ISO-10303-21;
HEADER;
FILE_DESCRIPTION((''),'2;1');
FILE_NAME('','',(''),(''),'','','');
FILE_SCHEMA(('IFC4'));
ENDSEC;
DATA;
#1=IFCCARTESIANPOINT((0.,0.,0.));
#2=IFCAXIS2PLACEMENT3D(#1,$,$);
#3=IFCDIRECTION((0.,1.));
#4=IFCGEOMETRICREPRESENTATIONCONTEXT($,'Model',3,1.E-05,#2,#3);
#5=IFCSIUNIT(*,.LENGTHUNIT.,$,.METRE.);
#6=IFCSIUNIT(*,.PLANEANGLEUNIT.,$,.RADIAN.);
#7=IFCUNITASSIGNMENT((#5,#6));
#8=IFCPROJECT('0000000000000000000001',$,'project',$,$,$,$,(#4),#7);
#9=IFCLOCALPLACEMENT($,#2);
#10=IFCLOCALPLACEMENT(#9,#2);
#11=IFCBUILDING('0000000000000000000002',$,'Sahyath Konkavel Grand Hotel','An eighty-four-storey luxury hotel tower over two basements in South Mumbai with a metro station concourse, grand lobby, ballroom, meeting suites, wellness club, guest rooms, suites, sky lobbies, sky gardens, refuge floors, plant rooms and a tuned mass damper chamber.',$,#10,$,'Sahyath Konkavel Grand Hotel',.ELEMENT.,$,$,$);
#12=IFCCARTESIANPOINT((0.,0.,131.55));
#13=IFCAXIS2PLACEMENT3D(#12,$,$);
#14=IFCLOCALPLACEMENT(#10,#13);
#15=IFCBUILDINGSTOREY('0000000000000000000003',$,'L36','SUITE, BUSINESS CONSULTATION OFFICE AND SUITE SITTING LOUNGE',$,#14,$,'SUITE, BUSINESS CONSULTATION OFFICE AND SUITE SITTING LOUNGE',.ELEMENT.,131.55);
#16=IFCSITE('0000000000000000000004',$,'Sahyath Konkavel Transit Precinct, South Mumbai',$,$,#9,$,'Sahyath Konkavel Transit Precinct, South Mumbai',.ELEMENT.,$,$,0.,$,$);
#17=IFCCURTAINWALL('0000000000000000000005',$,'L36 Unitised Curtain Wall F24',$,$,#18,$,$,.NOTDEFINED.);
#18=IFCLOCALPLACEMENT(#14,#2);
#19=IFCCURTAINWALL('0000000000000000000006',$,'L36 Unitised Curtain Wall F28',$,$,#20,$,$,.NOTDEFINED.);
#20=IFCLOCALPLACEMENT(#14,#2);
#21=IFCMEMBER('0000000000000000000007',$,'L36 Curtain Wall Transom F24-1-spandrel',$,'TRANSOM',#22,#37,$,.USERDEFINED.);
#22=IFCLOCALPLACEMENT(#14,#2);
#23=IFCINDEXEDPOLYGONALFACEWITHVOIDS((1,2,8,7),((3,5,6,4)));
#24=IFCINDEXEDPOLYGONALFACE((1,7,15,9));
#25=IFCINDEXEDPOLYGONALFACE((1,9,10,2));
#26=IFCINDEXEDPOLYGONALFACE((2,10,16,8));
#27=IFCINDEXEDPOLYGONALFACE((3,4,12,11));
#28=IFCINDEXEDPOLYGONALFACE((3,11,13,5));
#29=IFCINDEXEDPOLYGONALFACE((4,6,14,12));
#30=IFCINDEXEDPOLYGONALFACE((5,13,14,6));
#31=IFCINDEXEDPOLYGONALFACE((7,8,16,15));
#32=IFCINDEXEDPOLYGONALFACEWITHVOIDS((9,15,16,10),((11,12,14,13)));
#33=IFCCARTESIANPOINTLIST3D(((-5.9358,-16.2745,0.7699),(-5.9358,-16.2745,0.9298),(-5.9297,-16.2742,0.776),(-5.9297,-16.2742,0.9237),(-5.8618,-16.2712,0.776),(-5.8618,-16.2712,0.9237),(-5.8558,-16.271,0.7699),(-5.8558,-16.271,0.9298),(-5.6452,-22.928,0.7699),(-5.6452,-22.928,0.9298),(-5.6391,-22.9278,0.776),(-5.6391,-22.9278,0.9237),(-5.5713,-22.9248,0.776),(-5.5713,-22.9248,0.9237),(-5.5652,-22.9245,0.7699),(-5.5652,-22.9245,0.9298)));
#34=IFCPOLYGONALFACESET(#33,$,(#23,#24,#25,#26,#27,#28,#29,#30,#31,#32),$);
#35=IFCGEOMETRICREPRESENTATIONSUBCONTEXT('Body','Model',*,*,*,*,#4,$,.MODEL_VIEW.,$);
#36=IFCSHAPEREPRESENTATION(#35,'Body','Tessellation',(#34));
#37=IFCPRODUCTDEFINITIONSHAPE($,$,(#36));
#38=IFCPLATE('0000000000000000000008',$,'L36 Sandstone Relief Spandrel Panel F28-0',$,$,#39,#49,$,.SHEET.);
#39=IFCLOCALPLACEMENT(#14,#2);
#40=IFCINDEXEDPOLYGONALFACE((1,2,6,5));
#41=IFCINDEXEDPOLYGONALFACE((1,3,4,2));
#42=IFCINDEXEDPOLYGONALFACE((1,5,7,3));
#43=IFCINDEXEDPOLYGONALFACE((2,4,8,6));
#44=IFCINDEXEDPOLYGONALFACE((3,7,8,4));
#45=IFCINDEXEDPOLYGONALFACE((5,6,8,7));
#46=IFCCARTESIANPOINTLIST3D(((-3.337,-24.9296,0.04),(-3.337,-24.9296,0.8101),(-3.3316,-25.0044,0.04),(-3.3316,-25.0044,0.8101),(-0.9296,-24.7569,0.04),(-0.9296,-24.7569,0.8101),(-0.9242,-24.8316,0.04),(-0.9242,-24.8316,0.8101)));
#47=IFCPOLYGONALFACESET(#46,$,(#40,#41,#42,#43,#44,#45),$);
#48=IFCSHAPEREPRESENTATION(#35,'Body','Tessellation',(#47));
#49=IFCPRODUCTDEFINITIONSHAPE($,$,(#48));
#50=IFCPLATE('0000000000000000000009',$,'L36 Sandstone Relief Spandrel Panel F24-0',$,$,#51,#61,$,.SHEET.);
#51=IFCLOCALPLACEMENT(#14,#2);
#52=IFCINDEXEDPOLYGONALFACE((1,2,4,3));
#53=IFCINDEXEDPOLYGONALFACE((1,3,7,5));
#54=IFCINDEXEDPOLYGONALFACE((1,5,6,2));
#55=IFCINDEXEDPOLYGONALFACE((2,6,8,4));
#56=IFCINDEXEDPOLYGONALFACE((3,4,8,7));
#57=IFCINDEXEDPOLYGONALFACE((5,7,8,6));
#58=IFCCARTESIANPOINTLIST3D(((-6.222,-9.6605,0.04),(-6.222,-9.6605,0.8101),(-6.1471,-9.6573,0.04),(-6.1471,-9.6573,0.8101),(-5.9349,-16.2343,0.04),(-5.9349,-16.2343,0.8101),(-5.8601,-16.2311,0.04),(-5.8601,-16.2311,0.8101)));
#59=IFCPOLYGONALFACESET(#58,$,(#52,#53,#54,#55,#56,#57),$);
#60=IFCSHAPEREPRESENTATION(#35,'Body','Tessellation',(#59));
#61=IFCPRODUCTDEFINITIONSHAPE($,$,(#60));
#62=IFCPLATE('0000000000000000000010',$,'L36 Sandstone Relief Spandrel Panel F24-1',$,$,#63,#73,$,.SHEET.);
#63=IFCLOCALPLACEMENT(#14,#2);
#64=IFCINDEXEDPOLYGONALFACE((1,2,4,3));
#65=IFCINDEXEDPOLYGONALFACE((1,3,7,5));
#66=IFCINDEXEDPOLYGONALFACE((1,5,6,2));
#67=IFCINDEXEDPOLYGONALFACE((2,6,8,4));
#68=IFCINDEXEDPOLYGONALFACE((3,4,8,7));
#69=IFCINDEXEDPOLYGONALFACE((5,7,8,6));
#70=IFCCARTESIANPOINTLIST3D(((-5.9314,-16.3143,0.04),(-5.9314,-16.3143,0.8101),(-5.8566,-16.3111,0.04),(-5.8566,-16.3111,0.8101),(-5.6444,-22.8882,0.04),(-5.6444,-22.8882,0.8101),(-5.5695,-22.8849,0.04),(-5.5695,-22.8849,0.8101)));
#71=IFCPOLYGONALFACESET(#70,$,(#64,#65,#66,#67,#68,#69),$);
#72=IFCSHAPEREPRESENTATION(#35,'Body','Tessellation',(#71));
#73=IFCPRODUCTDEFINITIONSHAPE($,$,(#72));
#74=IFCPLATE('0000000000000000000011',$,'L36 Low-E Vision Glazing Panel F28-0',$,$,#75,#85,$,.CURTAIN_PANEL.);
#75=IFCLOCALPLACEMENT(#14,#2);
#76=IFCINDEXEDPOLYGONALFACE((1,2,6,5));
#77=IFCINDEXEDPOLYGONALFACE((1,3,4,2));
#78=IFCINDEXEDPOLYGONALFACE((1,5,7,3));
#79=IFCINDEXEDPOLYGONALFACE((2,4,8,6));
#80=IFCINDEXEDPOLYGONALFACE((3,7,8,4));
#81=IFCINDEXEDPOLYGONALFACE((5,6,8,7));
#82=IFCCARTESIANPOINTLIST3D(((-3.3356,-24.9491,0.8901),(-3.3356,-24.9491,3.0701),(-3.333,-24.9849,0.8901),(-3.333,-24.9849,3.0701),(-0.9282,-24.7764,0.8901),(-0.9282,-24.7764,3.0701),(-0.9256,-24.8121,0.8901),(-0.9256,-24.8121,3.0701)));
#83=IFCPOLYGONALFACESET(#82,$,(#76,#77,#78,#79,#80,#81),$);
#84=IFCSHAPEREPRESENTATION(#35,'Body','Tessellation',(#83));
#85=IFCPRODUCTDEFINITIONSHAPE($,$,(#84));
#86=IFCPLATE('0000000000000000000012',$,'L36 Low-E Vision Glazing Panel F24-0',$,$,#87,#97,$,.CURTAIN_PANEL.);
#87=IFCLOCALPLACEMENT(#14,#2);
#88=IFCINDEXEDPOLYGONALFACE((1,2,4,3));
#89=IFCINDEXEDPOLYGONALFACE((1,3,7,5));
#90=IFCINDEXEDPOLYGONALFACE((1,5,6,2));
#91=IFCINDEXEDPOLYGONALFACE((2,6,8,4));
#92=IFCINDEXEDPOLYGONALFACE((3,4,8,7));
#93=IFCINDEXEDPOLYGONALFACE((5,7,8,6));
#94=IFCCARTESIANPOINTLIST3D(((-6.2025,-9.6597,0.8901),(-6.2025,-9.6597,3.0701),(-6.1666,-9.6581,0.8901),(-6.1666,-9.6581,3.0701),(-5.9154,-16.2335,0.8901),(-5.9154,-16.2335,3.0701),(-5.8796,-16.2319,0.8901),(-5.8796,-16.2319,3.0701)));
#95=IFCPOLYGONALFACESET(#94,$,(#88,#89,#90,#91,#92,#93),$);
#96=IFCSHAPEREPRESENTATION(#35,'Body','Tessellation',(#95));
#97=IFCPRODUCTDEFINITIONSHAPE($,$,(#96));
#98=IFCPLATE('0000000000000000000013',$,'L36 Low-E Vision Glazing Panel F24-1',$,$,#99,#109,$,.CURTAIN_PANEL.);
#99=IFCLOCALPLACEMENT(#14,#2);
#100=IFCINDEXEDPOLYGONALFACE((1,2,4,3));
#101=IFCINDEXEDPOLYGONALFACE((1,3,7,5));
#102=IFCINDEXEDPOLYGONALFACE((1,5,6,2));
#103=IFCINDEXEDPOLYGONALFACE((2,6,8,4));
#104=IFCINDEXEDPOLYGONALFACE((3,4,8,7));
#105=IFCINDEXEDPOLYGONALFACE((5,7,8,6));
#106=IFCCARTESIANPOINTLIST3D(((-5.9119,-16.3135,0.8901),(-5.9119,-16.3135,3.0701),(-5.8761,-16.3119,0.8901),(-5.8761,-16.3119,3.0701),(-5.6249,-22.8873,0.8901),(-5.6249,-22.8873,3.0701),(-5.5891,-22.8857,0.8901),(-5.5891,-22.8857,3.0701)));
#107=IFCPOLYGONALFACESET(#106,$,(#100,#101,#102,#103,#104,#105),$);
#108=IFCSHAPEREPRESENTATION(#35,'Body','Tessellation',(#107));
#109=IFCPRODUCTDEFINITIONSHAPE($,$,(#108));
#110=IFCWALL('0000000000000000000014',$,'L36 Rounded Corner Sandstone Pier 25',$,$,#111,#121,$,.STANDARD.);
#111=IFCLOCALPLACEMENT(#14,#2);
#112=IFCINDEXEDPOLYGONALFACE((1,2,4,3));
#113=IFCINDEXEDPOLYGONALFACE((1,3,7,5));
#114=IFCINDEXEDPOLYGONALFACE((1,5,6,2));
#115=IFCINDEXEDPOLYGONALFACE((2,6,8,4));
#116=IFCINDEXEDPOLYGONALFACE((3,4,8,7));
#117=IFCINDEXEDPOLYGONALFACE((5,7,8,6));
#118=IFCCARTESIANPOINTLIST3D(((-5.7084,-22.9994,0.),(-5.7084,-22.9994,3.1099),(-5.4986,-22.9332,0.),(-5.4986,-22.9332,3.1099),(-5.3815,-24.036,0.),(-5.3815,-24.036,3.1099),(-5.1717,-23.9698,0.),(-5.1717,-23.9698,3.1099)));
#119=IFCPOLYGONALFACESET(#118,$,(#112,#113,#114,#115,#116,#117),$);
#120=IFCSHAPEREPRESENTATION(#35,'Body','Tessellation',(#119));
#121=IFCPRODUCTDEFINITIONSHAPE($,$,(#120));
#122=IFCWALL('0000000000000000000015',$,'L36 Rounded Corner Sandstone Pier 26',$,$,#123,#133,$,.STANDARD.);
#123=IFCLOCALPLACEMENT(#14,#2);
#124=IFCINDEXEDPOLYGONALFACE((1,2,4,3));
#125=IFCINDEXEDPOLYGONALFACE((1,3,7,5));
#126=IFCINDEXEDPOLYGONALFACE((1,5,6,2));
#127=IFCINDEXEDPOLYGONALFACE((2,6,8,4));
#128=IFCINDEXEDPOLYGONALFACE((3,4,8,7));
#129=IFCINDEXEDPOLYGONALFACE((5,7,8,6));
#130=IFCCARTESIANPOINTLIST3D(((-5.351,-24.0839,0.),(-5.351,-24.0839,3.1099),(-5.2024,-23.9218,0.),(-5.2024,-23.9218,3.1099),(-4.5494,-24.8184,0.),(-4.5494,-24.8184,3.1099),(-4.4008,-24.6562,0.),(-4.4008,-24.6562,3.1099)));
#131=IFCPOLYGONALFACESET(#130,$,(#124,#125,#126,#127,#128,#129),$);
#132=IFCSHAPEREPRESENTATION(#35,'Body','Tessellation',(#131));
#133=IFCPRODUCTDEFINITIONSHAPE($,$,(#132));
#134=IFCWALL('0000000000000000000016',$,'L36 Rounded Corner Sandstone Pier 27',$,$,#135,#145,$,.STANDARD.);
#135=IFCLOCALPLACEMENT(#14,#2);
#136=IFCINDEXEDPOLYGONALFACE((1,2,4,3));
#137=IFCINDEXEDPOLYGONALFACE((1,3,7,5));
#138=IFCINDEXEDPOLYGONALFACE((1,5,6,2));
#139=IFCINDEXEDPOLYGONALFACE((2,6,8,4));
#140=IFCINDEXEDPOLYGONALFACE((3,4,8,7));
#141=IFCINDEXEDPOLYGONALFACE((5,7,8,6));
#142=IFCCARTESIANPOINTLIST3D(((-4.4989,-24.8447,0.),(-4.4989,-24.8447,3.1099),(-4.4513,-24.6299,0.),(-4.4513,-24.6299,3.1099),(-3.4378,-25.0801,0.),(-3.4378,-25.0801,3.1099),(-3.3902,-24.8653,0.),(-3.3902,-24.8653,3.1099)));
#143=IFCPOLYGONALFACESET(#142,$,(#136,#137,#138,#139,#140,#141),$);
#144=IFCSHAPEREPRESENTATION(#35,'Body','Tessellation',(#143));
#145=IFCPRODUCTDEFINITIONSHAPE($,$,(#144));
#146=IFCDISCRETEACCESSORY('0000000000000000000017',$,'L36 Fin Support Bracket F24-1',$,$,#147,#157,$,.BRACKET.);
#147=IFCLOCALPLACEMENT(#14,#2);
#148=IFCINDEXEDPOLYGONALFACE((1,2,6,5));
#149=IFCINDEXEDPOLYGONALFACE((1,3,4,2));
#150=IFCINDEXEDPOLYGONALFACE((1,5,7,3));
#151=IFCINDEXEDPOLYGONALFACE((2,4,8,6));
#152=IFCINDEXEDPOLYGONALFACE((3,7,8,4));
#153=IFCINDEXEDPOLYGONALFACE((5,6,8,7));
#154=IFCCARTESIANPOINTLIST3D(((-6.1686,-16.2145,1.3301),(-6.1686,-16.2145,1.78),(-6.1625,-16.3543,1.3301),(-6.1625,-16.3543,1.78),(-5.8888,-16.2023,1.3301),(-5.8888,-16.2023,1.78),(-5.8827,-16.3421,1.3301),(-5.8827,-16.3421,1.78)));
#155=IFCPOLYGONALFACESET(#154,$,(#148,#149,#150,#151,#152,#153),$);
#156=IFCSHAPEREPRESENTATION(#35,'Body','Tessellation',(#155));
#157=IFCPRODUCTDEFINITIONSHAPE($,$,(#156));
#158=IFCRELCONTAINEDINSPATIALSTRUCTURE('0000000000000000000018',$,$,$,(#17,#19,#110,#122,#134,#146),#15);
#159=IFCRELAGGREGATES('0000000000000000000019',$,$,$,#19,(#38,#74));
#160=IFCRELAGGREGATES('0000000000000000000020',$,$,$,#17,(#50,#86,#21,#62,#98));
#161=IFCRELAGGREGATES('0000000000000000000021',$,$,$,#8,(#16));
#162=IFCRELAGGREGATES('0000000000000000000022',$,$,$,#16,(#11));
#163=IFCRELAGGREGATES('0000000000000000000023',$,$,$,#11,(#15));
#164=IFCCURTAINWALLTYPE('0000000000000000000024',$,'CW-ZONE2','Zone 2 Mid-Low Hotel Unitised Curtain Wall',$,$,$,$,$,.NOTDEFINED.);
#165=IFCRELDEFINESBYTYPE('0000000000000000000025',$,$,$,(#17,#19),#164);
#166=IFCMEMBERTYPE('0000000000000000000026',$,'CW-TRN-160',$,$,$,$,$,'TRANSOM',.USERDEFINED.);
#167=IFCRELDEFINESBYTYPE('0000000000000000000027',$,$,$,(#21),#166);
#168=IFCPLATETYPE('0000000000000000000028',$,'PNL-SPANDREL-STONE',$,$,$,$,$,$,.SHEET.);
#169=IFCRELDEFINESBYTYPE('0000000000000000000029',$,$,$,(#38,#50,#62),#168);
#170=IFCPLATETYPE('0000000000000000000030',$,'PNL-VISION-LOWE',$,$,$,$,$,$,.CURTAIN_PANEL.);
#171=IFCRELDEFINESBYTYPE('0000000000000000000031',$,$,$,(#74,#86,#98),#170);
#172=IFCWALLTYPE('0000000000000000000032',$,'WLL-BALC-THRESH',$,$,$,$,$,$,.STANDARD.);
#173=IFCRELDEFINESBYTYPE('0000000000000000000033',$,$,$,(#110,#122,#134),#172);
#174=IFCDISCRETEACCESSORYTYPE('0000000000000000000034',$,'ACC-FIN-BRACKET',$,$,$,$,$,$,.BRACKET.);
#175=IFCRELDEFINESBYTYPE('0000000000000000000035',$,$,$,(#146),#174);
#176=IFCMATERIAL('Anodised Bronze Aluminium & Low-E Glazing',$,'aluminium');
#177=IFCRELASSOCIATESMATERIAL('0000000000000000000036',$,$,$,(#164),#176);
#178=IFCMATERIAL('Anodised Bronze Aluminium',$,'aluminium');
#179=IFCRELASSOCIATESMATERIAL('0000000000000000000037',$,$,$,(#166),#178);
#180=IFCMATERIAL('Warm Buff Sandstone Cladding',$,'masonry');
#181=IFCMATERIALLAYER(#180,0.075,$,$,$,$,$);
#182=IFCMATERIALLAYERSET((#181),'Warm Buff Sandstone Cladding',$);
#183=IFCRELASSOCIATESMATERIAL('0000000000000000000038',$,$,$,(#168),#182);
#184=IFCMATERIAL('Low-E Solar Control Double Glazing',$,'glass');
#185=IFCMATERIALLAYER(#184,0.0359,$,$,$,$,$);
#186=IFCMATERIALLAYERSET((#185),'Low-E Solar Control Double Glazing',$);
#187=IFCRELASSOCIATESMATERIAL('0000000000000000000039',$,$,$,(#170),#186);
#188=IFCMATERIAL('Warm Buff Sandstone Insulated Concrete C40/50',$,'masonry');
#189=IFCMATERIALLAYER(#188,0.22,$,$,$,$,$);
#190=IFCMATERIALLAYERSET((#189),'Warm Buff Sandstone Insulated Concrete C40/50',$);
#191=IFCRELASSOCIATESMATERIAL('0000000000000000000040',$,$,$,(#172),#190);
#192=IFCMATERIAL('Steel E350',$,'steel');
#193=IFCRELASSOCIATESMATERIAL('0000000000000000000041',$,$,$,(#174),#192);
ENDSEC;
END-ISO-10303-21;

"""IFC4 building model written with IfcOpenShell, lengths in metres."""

from ifc_helpers import new_model, si_unit, direction, frame, frame_2d, origin, origin_2d, place, context, subcontext, project, spatial, rectangle, hollow_rectangle, extrude, source, transform, mapped, material, layer, layer_set, material_profile, profile_set, type_object, element, aggregate, save


model = new_model("IFC4")

# Units and contexts
model_context = context("Model", 3, precision=1e-05, world=origin(), true_north=direction((0.0, 1.0)))
body_context = subcontext(model_context, "Body", "Model", "MODEL_VIEW")
ifc_project = project(units=[si_unit("LENGTHUNIT", "METRE"), si_unit("PLANEANGLEUNIT", "RADIAN")], contexts=[model_context])

# Site, building, storey
site_placement = place(None, origin())
site = spatial("IfcSite", under=ifc_project, at=site_placement, Name="Sahyath Konkavel Transit Precinct, South Mumbai", LongName="Sahyath Konkavel Transit Precinct, South Mumbai", CompositionType="ELEMENT", RefElevation=0.0)
building_placement = place(site_placement, origin())
building = spatial("IfcBuilding", under=site, at=building_placement, Name="Sahyath Konkavel Grand Hotel", Description="An eighty-four-storey luxury hotel tower over two basements in South Mumbai with a metro station concourse, grand lobby, ballroom, meeting suites, wellness club, guest rooms, suites, sky lobbies, sky gardens, refuge floors, plant rooms and a tuned mass damper chamber.", LongName="Sahyath Konkavel Grand Hotel", CompositionType="ELEMENT")
storey_placement = place(building_placement, frame((0.0, 0.0, 131.55)))
storey = spatial("IfcBuildingStorey", under=building, at=storey_placement, Name="L36", Description="SUITE, BUSINESS CONSULTATION OFFICE AND SUITE SITTING LOUNGE", LongName="SUITE, BUSINESS CONSULTATION OFFICE AND SUITE SITTING LOUNGE", CompositionType="ELEMENT", Elevation=131.55)

# Shared definitions
ifc_material_1 = material(Name="Steel E350", Category="steel")

# Curtain walls
ifc_material_2 = material(Name="Anodised Bronze Aluminium & Low-E Glazing", Category="aluminium")
curtain_wall_type = type_object("IfcCurtainWallType", Name="CW-ZONE2", Description="Zone 2 Mid-Low Hotel Unitised Curtain Wall", PredefinedType="NOTDEFINED", material=ifc_material_2)
curtain_wall_1_placement = place(storey_placement, origin())
curtain_wall_1 = element("IfcCurtainWall", 1, at=curtain_wall_1_placement, inside=storey, type_object=curtain_wall_type, Name="L36 Unitised Curtain Wall F24", PredefinedType="NOTDEFINED")
ifc_material_3 = material(Name="Anodised Bronze Aluminium", Category="aluminium")
curtain_wall_2_placement = place(storey_placement, origin())
curtain_wall_2 = element("IfcCurtainWall", 2, at=curtain_wall_2_placement, inside=storey, type_object=curtain_wall_type, Name="L36 Unitised Curtain Wall F28", PredefinedType="NOTDEFINED")

# Member
ifc_material_profile_1 = material_profile(ifc_material_3, hollow_rectangle(XDim=0.0801, YDim=0.1599, WallThickness=0.0061, at=origin_2d()), Name="RHS 160x80x6")
ifc_profile_set_1 = profile_set([ifc_material_profile_1], Name="Anodised Bronze Aluminium")
member_type_1 = type_object("IfcMemberType", Name="CW-TRN-160", ElementType="TRANSOM", PredefinedType="USERDEFINED", material=ifc_profile_set_1)
shared_shape_1 = source(origin(), body_context, "Body", "SweptSolid", [
    extrude(hollow_rectangle(XDim=0.0801, YDim=0.1599, WallThickness=0.0061, at=origin_2d()), origin(), (0.0, 0.0, 1.0), 6.6599),
])
member_1_placement = place(storey_placement, frame((-5.8958, -16.2727, 0.8499), z_axis=(0.043623, -0.999048, 0.0), x_axis=(0.999048, 0.043623, 0.0)))
member_1 = element("IfcMember", 3, at=member_1_placement, type_object=member_type_1, Name="L36 Curtain Wall Transom F24-1-spandrel", ObjectType="TRANSOM", PredefinedType="USERDEFINED", context=body_context, shape_type="MappedRepresentation", body=[
    mapped(shared_shape_1, transform((0.0, 0.0, 0.0), scale=1.0)),
])

# Plates
ifc_material_4 = material(Name="Warm Buff Sandstone Cladding", Category="masonry")
ifc_layer_1 = layer(ifc_material_4, 0.075)
ifc_layer_set_1 = layer_set([ifc_layer_1], Name="Warm Buff Sandstone Cladding")
plate_type_1 = type_object("IfcPlateType", Name="PNL-SPANDREL-STONE", PredefinedType="SHEET", material=ifc_layer_set_1)
shared_shape_2 = source(origin(), body_context, "Body", "SweptSolid", [
    extrude(rectangle(XDim=2.4136, YDim=0.075, at=origin_2d()), origin(), (0.0, 0.0, 1.0), 0.77),
])
plate_1_placement = place(storey_placement, frame((-2.1306, -24.8806, 0.04), z_axis=(0.0, 0.0, 1.0), x_axis=(0.997436, 0.071567, 0.0)))
plate_1 = element("IfcPlate", 4, at=plate_1_placement, type_object=plate_type_1, Name="L36 Sandstone Relief Spandrel Panel F28-0", PredefinedType="SHEET", context=body_context, shape_type="MappedRepresentation", body=[
    mapped(shared_shape_2, transform((0.0, 0.0, 0.0), scale=1.0)),
])
shared_shape_3 = source(origin(), body_context, "Body", "SweptSolid", [
    extrude(rectangle(XDim=6.5801, YDim=0.075, at=origin_2d()), origin(), (0.0, 0.0, 1.0), 0.77),
])
plate_2_placement = place(storey_placement, frame((-6.041, -12.9458, 0.04), z_axis=(0.0, 0.0, 1.0), x_axis=(0.043619, -0.999048, 0.0)))
plate_2 = element("IfcPlate", 5, at=plate_2_placement, type_object=plate_type_1, Name="L36 Sandstone Relief Spandrel Panel F24-0", PredefinedType="SHEET", context=body_context, shape_type="MappedRepresentation", body=[
    mapped(shared_shape_3, transform((0.0, 0.0, 0.0), scale=1.0)),
])
plate_3_placement = place(storey_placement, frame((-5.7505, -19.5996, 0.04), z_axis=(0.0, 0.0, 1.0), x_axis=(0.043619, -0.999048, 0.0)))
plate_3 = element("IfcPlate", 6, at=plate_3_placement, type_object=plate_type_1, Name="L36 Sandstone Relief Spandrel Panel F24-1", PredefinedType="SHEET", context=body_context, shape_type="MappedRepresentation", body=[
    mapped(shared_shape_3, transform((0.0, 0.0, 0.0), scale=1.0)),
])
ifc_material_5 = material(Name="Low-E Solar Control Double Glazing", Category="glass")
ifc_layer_2 = layer(ifc_material_5, 0.0359)
ifc_layer_set_2 = layer_set([ifc_layer_2], Name="Low-E Solar Control Double Glazing")
plate_type_2 = type_object("IfcPlateType", Name="PNL-VISION-LOWE", PredefinedType="CURTAIN_PANEL", material=ifc_layer_set_2)
shared_shape_4 = source(origin(), body_context, "Body", "SweptSolid", [
    extrude(rectangle(XDim=2.4136, YDim=0.0359, at=origin_2d()), origin(), (0.0, 0.0, 1.0), 2.1799),
])
plate_4_placement = place(storey_placement, frame((-2.1306, -24.8806, 0.8901), z_axis=(0.0, 0.0, 1.0), x_axis=(0.997436, 0.071567, 0.0)))
plate_4 = element("IfcPlate", 7, at=plate_4_placement, type_object=plate_type_2, Name="L36 Low-E Vision Glazing Panel F28-0", PredefinedType="CURTAIN_PANEL", context=body_context, shape_type="MappedRepresentation", body=[
    mapped(shared_shape_4, transform((0.0, 0.0, 0.0), scale=1.0)),
])
aggregate(curtain_wall_2, [plate_1, plate_4])
shared_shape_5 = source(origin(), body_context, "Body", "SweptSolid", [
    extrude(rectangle(XDim=6.5801, YDim=0.0359, at=origin_2d()), origin(), (0.0, 0.0, 1.0), 2.1799),
])
plate_5_placement = place(storey_placement, frame((-6.041, -12.9458, 0.8901), z_axis=(0.0, 0.0, 1.0), x_axis=(0.043619, -0.999048, 0.0)))
plate_5 = element("IfcPlate", 8, at=plate_5_placement, type_object=plate_type_2, Name="L36 Low-E Vision Glazing Panel F24-0", PredefinedType="CURTAIN_PANEL", context=body_context, shape_type="MappedRepresentation", body=[
    mapped(shared_shape_5, transform((0.0, 0.0, 0.0), scale=1.0)),
])
plate_6_placement = place(storey_placement, frame((-5.7505, -19.5996, 0.8901), z_axis=(0.0, 0.0, 1.0), x_axis=(0.043619, -0.999048, 0.0)))
plate_6 = element("IfcPlate", 9, at=plate_6_placement, type_object=plate_type_2, Name="L36 Low-E Vision Glazing Panel F24-1", PredefinedType="CURTAIN_PANEL", context=body_context, shape_type="MappedRepresentation", body=[
    mapped(shared_shape_5, transform((0.0, 0.0, 0.0), scale=1.0)),
])
aggregate(curtain_wall_1, [plate_2, plate_5, member_1, plate_3, plate_6])

# Walls
ifc_material_6 = material(Name="Warm Buff Sandstone Insulated Concrete C40/50", Category="masonry")
ifc_layer_3 = layer(ifc_material_6, 0.22)
ifc_layer_set_3 = layer_set([ifc_layer_3], Name="Warm Buff Sandstone Insulated Concrete C40/50")
wall_type = type_object("IfcWallType", Name="WLL-BALC-THRESH", PredefinedType="STANDARD", material=ifc_layer_set_3)
wall_1_placement = place(storey_placement, frame((-5.6035, -22.9663, 0.0), z_axis=(0.0, 0.0, 1.0), x_axis=(0.300755, -0.953701, 0.0)))
element("IfcWall", 10, at=wall_1_placement, inside=storey, type_object=wall_type, Name="L36 Rounded Corner Sandstone Pier 25", PredefinedType="STANDARD", context=body_context, shape_type="SweptSolid", body=[
    extrude(rectangle(XDim=1.0869, YDim=0.22, at=frame_2d((0.5435, 0.0))), origin(), (0.0, 0.0, 1.0), 3.1099),
])
wall_2_placement = place(storey_placement, frame((-5.2766, -24.0029, 0.0), z_axis=(0.0, 0.0, 1.0), x_axis=(0.737313, -0.675552, 0.0)))
element("IfcWall", 11, at=wall_2_placement, inside=storey, type_object=wall_type, Name="L36 Rounded Corner Sandstone Pier 26", PredefinedType="STANDARD", context=body_context, shape_type="SweptSolid", body=[
    extrude(rectangle(XDim=1.0872, YDim=0.22, at=frame_2d((0.5435, 0.0))), origin(), (0.0, 0.0, 1.0), 3.1099),
])
wall_3_placement = place(storey_placement, frame((-4.4751, -24.7373, 0.0), z_axis=(0.0, 0.0, 1.0), x_axis=(0.976272, -0.21655, 0.0)))
element("IfcWall", 12, at=wall_3_placement, inside=storey, type_object=wall_type, Name="L36 Rounded Corner Sandstone Pier 27", PredefinedType="STANDARD", context=body_context, shape_type="SweptSolid", body=[
    extrude(rectangle(XDim=1.0869, YDim=0.22, at=frame_2d((0.5435, 0.0))), origin(), (0.0, 0.0, 1.0), 3.1099),
])

# Discrete accessory
discrete_accessory_type = type_object("IfcDiscreteAccessoryType", Name="ACC-FIN-BRACKET", PredefinedType="BRACKET", material=ifc_material_1)
shared_shape_6 = source(origin(), body_context, "Body", "SweptSolid", [
    extrude(rectangle(XDim=0.28, YDim=0.1399, at=origin_2d()), origin(), (0.0, 0.0, 1.0), 0.45),
])
discrete_accessory_placement = place(storey_placement, frame((-6.0256, -16.2783, 1.3301), z_axis=(0.0, 0.0, 1.0), x_axis=(-0.999048, -0.043619, 0.0)))
element("IfcDiscreteAccessory", 13, at=discrete_accessory_placement, inside=storey, type_object=discrete_accessory_type, Name="L36 Fin Support Bracket F24-1", PredefinedType="BRACKET", context=body_context, shape_type="MappedRepresentation", body=[
    mapped(shared_shape_6, transform((0.0, 0.0, 0.0), scale=1.0)),
])

save(model, "model.ifc")
